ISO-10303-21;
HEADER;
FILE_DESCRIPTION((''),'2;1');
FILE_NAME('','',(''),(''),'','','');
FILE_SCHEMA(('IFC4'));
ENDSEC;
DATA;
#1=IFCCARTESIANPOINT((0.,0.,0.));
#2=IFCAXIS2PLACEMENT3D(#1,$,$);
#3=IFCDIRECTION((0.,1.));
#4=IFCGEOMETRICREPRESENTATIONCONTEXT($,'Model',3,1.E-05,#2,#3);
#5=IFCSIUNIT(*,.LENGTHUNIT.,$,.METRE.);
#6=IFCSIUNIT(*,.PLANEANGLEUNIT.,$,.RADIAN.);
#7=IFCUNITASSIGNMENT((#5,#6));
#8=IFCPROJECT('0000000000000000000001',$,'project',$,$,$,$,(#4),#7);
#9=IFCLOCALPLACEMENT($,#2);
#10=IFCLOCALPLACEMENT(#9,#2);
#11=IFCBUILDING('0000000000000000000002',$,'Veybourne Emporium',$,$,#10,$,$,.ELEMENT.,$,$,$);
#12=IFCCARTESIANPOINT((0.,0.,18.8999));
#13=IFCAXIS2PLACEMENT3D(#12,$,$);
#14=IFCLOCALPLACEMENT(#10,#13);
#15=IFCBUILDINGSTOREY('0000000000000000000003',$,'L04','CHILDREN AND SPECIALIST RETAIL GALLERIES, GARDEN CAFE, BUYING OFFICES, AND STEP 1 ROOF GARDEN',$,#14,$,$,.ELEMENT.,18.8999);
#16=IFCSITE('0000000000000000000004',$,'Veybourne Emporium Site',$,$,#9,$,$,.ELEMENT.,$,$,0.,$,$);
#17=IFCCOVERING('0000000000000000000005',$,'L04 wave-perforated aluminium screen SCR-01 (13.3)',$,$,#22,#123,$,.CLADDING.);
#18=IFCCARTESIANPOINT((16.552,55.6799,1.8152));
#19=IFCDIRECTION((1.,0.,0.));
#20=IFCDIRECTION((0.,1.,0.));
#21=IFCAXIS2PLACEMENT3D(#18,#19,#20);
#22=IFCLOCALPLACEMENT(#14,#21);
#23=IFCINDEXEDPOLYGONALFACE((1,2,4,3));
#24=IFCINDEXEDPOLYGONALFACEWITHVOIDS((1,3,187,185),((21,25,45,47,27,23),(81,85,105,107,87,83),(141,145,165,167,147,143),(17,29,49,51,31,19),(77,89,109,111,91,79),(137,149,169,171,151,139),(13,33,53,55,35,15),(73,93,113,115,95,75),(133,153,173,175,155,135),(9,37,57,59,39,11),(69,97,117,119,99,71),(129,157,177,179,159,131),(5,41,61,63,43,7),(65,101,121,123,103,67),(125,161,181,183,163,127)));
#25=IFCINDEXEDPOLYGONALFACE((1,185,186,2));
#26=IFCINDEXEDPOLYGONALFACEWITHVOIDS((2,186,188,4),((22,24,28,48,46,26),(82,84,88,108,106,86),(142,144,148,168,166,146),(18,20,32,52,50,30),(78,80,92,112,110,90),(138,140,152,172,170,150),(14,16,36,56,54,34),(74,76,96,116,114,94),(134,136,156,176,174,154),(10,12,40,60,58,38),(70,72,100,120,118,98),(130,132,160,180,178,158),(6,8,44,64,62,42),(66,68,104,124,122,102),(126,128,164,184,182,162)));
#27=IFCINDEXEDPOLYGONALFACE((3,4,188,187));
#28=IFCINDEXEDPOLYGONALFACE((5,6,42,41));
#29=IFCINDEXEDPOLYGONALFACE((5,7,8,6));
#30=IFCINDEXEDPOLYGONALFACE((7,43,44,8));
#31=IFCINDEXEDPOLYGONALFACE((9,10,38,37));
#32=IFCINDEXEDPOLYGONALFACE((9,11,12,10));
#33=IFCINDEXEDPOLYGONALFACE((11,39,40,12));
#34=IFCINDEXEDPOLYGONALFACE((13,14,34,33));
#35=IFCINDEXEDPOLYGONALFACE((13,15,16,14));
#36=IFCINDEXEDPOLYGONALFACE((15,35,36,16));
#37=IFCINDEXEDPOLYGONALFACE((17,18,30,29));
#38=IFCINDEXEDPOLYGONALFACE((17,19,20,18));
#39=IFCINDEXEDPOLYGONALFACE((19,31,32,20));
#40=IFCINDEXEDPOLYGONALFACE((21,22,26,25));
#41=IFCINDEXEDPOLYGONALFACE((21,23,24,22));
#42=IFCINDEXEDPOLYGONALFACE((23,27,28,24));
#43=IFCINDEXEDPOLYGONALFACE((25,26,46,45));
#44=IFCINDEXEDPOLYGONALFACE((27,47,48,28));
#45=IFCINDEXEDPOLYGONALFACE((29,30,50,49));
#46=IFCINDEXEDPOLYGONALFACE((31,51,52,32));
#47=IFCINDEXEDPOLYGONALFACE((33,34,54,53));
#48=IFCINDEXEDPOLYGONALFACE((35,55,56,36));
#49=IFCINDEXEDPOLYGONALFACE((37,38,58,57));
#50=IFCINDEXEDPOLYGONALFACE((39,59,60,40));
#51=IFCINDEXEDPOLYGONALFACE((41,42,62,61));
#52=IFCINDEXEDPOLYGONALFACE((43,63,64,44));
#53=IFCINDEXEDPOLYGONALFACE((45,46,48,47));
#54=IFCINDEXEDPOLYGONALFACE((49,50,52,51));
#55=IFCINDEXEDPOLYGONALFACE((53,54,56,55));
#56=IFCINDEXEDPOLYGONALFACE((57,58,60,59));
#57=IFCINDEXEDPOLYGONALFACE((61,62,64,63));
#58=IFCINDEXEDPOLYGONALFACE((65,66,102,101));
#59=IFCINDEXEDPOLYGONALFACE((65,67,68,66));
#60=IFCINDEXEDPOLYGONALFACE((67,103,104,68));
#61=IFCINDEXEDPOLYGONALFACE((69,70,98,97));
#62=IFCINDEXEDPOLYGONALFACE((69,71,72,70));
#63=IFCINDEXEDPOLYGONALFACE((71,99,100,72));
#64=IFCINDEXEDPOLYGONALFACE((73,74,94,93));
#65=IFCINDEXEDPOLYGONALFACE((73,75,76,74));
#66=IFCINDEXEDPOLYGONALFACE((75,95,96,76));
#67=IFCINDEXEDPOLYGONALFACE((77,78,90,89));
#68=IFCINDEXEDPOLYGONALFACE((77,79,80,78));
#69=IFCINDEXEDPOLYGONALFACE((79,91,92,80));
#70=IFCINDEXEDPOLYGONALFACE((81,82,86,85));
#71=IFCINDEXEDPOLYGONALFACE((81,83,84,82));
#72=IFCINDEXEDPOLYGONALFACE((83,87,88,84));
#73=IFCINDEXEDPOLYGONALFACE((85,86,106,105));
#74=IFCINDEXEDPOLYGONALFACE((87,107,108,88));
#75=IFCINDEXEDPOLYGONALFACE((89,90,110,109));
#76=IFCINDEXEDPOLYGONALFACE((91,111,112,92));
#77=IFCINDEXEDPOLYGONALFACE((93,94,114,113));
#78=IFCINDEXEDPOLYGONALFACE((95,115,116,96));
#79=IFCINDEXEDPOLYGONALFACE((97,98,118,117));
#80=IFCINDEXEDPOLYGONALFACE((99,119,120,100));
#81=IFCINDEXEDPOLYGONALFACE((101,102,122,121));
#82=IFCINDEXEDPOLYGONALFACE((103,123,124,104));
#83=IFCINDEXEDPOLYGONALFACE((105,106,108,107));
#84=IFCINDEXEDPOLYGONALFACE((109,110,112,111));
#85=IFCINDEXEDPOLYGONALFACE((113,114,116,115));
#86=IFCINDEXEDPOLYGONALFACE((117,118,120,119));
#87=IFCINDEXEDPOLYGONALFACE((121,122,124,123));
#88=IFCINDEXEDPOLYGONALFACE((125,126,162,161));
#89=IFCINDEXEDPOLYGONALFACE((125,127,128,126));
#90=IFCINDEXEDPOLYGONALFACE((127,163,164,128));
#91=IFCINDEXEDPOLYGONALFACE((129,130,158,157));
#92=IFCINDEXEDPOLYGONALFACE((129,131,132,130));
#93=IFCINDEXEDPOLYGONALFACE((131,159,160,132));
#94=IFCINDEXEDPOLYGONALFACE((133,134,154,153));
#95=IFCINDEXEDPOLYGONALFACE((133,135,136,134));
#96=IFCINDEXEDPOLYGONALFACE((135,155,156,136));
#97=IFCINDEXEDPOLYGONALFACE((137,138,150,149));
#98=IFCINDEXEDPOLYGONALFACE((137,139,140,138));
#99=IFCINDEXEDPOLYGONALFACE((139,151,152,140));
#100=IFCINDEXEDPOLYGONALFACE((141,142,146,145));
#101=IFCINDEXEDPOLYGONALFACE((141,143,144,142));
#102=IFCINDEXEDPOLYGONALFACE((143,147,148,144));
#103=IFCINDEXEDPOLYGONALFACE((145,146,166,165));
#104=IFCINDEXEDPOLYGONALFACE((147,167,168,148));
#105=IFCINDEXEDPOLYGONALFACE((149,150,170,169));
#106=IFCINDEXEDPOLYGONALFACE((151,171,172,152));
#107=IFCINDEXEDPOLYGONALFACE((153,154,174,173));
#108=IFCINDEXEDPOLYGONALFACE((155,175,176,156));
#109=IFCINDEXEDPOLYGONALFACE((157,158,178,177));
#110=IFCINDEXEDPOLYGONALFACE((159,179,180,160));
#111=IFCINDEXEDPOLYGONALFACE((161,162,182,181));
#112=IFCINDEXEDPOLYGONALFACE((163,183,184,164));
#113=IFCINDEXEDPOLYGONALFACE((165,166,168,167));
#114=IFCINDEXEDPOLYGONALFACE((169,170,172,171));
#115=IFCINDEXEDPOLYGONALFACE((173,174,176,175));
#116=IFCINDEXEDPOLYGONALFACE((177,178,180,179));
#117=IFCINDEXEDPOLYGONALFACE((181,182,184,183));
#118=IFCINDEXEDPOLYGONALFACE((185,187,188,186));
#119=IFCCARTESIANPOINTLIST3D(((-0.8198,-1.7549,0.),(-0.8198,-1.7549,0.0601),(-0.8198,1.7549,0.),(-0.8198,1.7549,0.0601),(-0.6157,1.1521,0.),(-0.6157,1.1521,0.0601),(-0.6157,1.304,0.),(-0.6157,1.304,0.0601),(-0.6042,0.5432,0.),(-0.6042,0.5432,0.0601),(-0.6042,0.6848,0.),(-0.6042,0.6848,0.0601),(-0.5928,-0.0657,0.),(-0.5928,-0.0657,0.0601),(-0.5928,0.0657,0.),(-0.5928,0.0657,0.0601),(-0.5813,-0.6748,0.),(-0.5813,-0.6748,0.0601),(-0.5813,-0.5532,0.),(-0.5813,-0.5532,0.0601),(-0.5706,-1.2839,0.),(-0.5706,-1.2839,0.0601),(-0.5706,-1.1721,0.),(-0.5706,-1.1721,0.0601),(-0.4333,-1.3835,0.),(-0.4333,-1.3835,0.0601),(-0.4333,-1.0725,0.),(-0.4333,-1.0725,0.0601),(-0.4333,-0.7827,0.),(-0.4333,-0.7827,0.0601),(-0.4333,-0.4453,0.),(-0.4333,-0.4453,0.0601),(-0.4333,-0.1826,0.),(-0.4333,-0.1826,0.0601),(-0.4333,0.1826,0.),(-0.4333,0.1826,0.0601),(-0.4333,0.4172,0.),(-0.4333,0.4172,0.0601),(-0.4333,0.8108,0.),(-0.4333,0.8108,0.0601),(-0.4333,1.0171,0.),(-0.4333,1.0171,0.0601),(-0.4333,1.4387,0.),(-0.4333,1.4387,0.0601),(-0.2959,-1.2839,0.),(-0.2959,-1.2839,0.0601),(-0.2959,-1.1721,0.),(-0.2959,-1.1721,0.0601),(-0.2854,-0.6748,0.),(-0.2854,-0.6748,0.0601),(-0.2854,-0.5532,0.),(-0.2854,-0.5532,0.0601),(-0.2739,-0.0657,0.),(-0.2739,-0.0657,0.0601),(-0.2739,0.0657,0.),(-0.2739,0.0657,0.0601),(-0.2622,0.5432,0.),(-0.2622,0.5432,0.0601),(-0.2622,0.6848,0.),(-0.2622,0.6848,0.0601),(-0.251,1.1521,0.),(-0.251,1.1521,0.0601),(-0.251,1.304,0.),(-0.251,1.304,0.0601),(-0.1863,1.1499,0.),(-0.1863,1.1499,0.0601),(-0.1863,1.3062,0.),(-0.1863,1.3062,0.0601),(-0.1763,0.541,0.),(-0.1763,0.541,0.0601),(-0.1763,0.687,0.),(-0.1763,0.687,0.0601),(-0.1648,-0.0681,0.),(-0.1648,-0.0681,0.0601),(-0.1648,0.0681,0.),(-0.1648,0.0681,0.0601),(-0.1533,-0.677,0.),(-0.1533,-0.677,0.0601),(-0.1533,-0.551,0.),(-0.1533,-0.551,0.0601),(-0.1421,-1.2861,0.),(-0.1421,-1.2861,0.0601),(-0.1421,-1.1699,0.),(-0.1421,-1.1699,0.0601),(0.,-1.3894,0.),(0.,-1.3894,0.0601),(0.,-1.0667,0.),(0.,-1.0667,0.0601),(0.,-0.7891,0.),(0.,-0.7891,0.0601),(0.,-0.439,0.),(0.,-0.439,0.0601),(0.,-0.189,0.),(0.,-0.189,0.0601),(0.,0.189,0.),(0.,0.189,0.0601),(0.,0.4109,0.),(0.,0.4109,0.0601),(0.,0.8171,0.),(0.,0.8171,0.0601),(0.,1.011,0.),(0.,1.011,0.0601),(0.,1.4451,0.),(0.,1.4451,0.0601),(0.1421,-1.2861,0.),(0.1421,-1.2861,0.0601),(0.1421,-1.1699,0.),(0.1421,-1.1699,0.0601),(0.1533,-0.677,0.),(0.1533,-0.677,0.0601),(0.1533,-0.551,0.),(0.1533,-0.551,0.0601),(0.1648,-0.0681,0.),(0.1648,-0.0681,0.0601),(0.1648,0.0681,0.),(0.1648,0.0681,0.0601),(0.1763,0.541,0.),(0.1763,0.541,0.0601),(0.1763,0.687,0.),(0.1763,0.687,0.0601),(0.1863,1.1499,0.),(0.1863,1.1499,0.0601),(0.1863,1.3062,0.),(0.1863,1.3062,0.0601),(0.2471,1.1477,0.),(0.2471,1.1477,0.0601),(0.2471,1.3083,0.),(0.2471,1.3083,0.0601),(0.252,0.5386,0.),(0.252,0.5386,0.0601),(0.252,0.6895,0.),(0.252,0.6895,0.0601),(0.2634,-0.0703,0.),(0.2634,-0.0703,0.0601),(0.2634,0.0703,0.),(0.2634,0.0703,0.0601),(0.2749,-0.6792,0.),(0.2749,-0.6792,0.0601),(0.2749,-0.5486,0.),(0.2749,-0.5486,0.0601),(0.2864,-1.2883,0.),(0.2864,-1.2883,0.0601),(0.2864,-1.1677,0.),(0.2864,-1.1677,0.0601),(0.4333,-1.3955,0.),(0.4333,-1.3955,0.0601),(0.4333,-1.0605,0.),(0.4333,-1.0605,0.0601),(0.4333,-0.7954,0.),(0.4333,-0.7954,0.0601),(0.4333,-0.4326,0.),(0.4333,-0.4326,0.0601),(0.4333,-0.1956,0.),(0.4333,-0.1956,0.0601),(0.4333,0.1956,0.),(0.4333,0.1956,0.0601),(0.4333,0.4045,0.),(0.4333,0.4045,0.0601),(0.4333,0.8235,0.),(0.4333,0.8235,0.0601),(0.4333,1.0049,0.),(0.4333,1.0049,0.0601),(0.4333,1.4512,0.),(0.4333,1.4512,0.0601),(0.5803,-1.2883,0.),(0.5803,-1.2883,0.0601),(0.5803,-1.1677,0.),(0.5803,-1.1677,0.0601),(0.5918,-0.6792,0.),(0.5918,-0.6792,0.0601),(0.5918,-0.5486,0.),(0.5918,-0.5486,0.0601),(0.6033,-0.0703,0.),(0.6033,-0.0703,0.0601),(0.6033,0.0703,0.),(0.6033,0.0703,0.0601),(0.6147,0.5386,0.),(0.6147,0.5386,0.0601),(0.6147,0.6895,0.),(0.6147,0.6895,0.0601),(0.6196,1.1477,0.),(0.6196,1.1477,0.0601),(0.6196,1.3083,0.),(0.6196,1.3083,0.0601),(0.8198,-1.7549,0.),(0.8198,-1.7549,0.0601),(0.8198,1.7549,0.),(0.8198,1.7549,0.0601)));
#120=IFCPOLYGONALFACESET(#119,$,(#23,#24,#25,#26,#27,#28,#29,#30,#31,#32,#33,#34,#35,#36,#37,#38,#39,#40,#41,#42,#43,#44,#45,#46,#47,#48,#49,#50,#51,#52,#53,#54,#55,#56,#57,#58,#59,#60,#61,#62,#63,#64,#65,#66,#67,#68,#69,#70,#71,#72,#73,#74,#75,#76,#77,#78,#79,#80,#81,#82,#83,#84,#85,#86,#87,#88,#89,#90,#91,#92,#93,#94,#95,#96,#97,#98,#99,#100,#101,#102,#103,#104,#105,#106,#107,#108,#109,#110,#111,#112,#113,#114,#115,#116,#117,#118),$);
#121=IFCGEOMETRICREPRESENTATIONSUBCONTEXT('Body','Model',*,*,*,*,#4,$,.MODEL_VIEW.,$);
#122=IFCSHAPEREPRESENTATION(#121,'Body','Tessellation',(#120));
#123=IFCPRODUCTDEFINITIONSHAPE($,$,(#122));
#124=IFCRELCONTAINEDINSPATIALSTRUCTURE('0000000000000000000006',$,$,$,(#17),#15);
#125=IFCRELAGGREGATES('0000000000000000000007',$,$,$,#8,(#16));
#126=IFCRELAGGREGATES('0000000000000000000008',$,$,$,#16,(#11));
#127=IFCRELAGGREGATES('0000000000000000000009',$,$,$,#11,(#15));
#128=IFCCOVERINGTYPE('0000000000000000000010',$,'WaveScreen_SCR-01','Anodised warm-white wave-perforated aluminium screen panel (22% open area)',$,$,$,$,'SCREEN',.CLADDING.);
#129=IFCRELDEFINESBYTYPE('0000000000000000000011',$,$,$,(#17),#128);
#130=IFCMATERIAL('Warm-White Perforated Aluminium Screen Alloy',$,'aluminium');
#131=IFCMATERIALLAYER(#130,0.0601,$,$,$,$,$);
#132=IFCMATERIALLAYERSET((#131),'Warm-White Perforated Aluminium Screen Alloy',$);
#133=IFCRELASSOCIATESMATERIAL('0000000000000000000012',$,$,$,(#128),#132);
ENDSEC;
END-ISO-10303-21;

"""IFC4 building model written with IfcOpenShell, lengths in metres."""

from ifc_helpers import new_model, si_unit, direction, frame, origin, place, context, subcontext, project, spatial, polyline, outline, extrude, material, layer, layer_set, type_object, element, save


model = new_model("IFC4")

# Units and contexts
model_context = context("Model", 3, precision=1e-05, world=origin(), true_north=direction((0.0, 1.0)))
body_context = subcontext(model_context, "Body", "Model", "MODEL_VIEW")
ifc_project = project(units=[si_unit("LENGTHUNIT", "METRE"), si_unit("PLANEANGLEUNIT", "RADIAN")], contexts=[model_context])

# Site, building, storey
site_placement = place(None, origin())
site = spatial("IfcSite", under=ifc_project, at=site_placement, Name="Veybourne Emporium Site", CompositionType="ELEMENT", RefElevation=0.0)
building_placement = place(site_placement, origin())
building = spatial("IfcBuilding", under=site, at=building_placement, Name="Veybourne Emporium", CompositionType="ELEMENT")
storey_placement = place(building_placement, frame((0.0, 0.0, 18.8999)))
storey = spatial("IfcBuildingStorey", under=building, at=storey_placement, Name="L04", Description="CHILDREN AND SPECIALIST RETAIL GALLERIES, GARDEN CAFE, BUYING OFFICES, AND STEP 1 ROOF GARDEN", CompositionType="ELEMENT", Elevation=18.8999)

# Covering
ifc_material_1 = material(Name="Warm-White Perforated Aluminium Screen Alloy", Category="aluminium")
ifc_layer_1 = layer(ifc_material_1, 0.0601)
ifc_layer_set_1 = layer_set([ifc_layer_1], Name="Warm-White Perforated Aluminium Screen Alloy")
covering_type_1 = type_object("IfcCoveringType", Name="WaveScreen_SCR-01", Description="Anodised warm-white wave-perforated aluminium screen panel (22% open area)", ElementType="SCREEN", PredefinedType="CLADDING", material=ifc_layer_set_1)
covering_1_placement = place(storey_placement, frame((16.552, 55.6799, 1.8152), z_axis=(1.0, 0.0, 0.0), x_axis=(0.0, 1.0, 0.0)))
element("IfcCovering", 1, at=covering_1_placement, inside=storey, type_object=covering_type_1, Name="L04 wave-perforated aluminium screen SCR-01 (13.3)", PredefinedType="CLADDING", context=body_context, shape_type="SweptSolid", body=[
    extrude(outline(polyline([(-0.8198, -1.7549), (0.8198, -1.7549), (0.8198, 1.7549), (-0.8198, 1.7549), (-0.8198, -1.7549)]), holes=[polyline([(-0.4333, -1.0725), (-0.2959, -1.1721), (-0.2959, -1.2839), (-0.4333, -1.3835), (-0.5706, -1.2839), (-0.5706, -1.1721), (-0.4333, -1.0725)]), polyline([(-0.4333, -0.4453), (-0.2854, -0.5532), (-0.2854, -0.6748), (-0.4333, -0.7827), (-0.5813, -0.6748), (-0.5813, -0.5532), (-0.4333, -0.4453)]), polyline([(-0.4333, 0.1826), (-0.2739, 0.0657), (-0.2739, -0.0657), (-0.4333, -0.1826), (-0.5928, -0.0657), (-0.5928, 0.0657), (-0.4333, 0.1826)]), polyline([(-0.4333, 0.8108), (-0.2622, 0.6848), (-0.2622, 0.5432), (-0.4333, 0.4172), (-0.6042, 0.5432), (-0.6042, 0.6848), (-0.4333, 0.8108)]), polyline([(-0.4333, 1.4387), (-0.251, 1.304), (-0.251, 1.1521), (-0.4333, 1.0171), (-0.6157, 1.1521), (-0.6157, 1.304), (-0.4333, 1.4387)]), polyline([(0.0, -1.0667), (0.1421, -1.1699), (0.1421, -1.2861), (0.0, -1.3894), (-0.1421, -1.2861), (-0.1421, -1.1699), (0.0, -1.0667)]), polyline([(0.0, -0.439), (0.1533, -0.551), (0.1533, -0.677), (0.0, -0.7891), (-0.1533, -0.677), (-0.1533, -0.551), (0.0, -0.439)]), polyline([(0.0, 0.189), (0.1648, 0.0681), (0.1648, -0.0681), (0.0, -0.189), (-0.1648, -0.0681), (-0.1648, 0.0681), (0.0, 0.189)]), polyline([(0.0, 0.8171), (0.1763, 0.687), (0.1763, 0.541), (0.0, 0.4109), (-0.1763, 0.541), (-0.1763, 0.687), (0.0, 0.8171)]), polyline([(0.0, 1.4451), (0.1863, 1.3062), (0.1863, 1.1499), (0.0, 1.011), (-0.1863, 1.1499), (-0.1863, 1.3062), (0.0, 1.4451)]), polyline([(0.4333, -1.0605), (0.5803, -1.1677), (0.5803, -1.2883), (0.4333, -1.3955), (0.2864, -1.2883), (0.2864, -1.1677), (0.4333, -1.0605)]), polyline([(0.4333, -0.4326), (0.5918, -0.5486), (0.5918, -0.6792), (0.4333, -0.7954), (0.2749, -0.6792), (0.2749, -0.5486), (0.4333, -0.4326)]), polyline([(0.4333, 0.1956), (0.6033, 0.0703), (0.6033, -0.0703), (0.4333, -0.1956), (0.2634, -0.0703), (0.2634, 0.0703), (0.4333, 0.1956)]), polyline([(0.4333, 0.8235), (0.6147, 0.6895), (0.6147, 0.5386), (0.4333, 0.4045), (0.252, 0.5386), (0.252, 0.6895), (0.4333, 0.8235)]), polyline([(0.4333, 1.4512), (0.6196, 1.3083), (0.6196, 1.1477), (0.4333, 1.0049), (0.2471, 1.1477), (0.2471, 1.3083), (0.4333, 1.4512)])]), origin(), (0.0, 0.0, 1.0), 0.0601),
])

save(model, "model.ifc")
